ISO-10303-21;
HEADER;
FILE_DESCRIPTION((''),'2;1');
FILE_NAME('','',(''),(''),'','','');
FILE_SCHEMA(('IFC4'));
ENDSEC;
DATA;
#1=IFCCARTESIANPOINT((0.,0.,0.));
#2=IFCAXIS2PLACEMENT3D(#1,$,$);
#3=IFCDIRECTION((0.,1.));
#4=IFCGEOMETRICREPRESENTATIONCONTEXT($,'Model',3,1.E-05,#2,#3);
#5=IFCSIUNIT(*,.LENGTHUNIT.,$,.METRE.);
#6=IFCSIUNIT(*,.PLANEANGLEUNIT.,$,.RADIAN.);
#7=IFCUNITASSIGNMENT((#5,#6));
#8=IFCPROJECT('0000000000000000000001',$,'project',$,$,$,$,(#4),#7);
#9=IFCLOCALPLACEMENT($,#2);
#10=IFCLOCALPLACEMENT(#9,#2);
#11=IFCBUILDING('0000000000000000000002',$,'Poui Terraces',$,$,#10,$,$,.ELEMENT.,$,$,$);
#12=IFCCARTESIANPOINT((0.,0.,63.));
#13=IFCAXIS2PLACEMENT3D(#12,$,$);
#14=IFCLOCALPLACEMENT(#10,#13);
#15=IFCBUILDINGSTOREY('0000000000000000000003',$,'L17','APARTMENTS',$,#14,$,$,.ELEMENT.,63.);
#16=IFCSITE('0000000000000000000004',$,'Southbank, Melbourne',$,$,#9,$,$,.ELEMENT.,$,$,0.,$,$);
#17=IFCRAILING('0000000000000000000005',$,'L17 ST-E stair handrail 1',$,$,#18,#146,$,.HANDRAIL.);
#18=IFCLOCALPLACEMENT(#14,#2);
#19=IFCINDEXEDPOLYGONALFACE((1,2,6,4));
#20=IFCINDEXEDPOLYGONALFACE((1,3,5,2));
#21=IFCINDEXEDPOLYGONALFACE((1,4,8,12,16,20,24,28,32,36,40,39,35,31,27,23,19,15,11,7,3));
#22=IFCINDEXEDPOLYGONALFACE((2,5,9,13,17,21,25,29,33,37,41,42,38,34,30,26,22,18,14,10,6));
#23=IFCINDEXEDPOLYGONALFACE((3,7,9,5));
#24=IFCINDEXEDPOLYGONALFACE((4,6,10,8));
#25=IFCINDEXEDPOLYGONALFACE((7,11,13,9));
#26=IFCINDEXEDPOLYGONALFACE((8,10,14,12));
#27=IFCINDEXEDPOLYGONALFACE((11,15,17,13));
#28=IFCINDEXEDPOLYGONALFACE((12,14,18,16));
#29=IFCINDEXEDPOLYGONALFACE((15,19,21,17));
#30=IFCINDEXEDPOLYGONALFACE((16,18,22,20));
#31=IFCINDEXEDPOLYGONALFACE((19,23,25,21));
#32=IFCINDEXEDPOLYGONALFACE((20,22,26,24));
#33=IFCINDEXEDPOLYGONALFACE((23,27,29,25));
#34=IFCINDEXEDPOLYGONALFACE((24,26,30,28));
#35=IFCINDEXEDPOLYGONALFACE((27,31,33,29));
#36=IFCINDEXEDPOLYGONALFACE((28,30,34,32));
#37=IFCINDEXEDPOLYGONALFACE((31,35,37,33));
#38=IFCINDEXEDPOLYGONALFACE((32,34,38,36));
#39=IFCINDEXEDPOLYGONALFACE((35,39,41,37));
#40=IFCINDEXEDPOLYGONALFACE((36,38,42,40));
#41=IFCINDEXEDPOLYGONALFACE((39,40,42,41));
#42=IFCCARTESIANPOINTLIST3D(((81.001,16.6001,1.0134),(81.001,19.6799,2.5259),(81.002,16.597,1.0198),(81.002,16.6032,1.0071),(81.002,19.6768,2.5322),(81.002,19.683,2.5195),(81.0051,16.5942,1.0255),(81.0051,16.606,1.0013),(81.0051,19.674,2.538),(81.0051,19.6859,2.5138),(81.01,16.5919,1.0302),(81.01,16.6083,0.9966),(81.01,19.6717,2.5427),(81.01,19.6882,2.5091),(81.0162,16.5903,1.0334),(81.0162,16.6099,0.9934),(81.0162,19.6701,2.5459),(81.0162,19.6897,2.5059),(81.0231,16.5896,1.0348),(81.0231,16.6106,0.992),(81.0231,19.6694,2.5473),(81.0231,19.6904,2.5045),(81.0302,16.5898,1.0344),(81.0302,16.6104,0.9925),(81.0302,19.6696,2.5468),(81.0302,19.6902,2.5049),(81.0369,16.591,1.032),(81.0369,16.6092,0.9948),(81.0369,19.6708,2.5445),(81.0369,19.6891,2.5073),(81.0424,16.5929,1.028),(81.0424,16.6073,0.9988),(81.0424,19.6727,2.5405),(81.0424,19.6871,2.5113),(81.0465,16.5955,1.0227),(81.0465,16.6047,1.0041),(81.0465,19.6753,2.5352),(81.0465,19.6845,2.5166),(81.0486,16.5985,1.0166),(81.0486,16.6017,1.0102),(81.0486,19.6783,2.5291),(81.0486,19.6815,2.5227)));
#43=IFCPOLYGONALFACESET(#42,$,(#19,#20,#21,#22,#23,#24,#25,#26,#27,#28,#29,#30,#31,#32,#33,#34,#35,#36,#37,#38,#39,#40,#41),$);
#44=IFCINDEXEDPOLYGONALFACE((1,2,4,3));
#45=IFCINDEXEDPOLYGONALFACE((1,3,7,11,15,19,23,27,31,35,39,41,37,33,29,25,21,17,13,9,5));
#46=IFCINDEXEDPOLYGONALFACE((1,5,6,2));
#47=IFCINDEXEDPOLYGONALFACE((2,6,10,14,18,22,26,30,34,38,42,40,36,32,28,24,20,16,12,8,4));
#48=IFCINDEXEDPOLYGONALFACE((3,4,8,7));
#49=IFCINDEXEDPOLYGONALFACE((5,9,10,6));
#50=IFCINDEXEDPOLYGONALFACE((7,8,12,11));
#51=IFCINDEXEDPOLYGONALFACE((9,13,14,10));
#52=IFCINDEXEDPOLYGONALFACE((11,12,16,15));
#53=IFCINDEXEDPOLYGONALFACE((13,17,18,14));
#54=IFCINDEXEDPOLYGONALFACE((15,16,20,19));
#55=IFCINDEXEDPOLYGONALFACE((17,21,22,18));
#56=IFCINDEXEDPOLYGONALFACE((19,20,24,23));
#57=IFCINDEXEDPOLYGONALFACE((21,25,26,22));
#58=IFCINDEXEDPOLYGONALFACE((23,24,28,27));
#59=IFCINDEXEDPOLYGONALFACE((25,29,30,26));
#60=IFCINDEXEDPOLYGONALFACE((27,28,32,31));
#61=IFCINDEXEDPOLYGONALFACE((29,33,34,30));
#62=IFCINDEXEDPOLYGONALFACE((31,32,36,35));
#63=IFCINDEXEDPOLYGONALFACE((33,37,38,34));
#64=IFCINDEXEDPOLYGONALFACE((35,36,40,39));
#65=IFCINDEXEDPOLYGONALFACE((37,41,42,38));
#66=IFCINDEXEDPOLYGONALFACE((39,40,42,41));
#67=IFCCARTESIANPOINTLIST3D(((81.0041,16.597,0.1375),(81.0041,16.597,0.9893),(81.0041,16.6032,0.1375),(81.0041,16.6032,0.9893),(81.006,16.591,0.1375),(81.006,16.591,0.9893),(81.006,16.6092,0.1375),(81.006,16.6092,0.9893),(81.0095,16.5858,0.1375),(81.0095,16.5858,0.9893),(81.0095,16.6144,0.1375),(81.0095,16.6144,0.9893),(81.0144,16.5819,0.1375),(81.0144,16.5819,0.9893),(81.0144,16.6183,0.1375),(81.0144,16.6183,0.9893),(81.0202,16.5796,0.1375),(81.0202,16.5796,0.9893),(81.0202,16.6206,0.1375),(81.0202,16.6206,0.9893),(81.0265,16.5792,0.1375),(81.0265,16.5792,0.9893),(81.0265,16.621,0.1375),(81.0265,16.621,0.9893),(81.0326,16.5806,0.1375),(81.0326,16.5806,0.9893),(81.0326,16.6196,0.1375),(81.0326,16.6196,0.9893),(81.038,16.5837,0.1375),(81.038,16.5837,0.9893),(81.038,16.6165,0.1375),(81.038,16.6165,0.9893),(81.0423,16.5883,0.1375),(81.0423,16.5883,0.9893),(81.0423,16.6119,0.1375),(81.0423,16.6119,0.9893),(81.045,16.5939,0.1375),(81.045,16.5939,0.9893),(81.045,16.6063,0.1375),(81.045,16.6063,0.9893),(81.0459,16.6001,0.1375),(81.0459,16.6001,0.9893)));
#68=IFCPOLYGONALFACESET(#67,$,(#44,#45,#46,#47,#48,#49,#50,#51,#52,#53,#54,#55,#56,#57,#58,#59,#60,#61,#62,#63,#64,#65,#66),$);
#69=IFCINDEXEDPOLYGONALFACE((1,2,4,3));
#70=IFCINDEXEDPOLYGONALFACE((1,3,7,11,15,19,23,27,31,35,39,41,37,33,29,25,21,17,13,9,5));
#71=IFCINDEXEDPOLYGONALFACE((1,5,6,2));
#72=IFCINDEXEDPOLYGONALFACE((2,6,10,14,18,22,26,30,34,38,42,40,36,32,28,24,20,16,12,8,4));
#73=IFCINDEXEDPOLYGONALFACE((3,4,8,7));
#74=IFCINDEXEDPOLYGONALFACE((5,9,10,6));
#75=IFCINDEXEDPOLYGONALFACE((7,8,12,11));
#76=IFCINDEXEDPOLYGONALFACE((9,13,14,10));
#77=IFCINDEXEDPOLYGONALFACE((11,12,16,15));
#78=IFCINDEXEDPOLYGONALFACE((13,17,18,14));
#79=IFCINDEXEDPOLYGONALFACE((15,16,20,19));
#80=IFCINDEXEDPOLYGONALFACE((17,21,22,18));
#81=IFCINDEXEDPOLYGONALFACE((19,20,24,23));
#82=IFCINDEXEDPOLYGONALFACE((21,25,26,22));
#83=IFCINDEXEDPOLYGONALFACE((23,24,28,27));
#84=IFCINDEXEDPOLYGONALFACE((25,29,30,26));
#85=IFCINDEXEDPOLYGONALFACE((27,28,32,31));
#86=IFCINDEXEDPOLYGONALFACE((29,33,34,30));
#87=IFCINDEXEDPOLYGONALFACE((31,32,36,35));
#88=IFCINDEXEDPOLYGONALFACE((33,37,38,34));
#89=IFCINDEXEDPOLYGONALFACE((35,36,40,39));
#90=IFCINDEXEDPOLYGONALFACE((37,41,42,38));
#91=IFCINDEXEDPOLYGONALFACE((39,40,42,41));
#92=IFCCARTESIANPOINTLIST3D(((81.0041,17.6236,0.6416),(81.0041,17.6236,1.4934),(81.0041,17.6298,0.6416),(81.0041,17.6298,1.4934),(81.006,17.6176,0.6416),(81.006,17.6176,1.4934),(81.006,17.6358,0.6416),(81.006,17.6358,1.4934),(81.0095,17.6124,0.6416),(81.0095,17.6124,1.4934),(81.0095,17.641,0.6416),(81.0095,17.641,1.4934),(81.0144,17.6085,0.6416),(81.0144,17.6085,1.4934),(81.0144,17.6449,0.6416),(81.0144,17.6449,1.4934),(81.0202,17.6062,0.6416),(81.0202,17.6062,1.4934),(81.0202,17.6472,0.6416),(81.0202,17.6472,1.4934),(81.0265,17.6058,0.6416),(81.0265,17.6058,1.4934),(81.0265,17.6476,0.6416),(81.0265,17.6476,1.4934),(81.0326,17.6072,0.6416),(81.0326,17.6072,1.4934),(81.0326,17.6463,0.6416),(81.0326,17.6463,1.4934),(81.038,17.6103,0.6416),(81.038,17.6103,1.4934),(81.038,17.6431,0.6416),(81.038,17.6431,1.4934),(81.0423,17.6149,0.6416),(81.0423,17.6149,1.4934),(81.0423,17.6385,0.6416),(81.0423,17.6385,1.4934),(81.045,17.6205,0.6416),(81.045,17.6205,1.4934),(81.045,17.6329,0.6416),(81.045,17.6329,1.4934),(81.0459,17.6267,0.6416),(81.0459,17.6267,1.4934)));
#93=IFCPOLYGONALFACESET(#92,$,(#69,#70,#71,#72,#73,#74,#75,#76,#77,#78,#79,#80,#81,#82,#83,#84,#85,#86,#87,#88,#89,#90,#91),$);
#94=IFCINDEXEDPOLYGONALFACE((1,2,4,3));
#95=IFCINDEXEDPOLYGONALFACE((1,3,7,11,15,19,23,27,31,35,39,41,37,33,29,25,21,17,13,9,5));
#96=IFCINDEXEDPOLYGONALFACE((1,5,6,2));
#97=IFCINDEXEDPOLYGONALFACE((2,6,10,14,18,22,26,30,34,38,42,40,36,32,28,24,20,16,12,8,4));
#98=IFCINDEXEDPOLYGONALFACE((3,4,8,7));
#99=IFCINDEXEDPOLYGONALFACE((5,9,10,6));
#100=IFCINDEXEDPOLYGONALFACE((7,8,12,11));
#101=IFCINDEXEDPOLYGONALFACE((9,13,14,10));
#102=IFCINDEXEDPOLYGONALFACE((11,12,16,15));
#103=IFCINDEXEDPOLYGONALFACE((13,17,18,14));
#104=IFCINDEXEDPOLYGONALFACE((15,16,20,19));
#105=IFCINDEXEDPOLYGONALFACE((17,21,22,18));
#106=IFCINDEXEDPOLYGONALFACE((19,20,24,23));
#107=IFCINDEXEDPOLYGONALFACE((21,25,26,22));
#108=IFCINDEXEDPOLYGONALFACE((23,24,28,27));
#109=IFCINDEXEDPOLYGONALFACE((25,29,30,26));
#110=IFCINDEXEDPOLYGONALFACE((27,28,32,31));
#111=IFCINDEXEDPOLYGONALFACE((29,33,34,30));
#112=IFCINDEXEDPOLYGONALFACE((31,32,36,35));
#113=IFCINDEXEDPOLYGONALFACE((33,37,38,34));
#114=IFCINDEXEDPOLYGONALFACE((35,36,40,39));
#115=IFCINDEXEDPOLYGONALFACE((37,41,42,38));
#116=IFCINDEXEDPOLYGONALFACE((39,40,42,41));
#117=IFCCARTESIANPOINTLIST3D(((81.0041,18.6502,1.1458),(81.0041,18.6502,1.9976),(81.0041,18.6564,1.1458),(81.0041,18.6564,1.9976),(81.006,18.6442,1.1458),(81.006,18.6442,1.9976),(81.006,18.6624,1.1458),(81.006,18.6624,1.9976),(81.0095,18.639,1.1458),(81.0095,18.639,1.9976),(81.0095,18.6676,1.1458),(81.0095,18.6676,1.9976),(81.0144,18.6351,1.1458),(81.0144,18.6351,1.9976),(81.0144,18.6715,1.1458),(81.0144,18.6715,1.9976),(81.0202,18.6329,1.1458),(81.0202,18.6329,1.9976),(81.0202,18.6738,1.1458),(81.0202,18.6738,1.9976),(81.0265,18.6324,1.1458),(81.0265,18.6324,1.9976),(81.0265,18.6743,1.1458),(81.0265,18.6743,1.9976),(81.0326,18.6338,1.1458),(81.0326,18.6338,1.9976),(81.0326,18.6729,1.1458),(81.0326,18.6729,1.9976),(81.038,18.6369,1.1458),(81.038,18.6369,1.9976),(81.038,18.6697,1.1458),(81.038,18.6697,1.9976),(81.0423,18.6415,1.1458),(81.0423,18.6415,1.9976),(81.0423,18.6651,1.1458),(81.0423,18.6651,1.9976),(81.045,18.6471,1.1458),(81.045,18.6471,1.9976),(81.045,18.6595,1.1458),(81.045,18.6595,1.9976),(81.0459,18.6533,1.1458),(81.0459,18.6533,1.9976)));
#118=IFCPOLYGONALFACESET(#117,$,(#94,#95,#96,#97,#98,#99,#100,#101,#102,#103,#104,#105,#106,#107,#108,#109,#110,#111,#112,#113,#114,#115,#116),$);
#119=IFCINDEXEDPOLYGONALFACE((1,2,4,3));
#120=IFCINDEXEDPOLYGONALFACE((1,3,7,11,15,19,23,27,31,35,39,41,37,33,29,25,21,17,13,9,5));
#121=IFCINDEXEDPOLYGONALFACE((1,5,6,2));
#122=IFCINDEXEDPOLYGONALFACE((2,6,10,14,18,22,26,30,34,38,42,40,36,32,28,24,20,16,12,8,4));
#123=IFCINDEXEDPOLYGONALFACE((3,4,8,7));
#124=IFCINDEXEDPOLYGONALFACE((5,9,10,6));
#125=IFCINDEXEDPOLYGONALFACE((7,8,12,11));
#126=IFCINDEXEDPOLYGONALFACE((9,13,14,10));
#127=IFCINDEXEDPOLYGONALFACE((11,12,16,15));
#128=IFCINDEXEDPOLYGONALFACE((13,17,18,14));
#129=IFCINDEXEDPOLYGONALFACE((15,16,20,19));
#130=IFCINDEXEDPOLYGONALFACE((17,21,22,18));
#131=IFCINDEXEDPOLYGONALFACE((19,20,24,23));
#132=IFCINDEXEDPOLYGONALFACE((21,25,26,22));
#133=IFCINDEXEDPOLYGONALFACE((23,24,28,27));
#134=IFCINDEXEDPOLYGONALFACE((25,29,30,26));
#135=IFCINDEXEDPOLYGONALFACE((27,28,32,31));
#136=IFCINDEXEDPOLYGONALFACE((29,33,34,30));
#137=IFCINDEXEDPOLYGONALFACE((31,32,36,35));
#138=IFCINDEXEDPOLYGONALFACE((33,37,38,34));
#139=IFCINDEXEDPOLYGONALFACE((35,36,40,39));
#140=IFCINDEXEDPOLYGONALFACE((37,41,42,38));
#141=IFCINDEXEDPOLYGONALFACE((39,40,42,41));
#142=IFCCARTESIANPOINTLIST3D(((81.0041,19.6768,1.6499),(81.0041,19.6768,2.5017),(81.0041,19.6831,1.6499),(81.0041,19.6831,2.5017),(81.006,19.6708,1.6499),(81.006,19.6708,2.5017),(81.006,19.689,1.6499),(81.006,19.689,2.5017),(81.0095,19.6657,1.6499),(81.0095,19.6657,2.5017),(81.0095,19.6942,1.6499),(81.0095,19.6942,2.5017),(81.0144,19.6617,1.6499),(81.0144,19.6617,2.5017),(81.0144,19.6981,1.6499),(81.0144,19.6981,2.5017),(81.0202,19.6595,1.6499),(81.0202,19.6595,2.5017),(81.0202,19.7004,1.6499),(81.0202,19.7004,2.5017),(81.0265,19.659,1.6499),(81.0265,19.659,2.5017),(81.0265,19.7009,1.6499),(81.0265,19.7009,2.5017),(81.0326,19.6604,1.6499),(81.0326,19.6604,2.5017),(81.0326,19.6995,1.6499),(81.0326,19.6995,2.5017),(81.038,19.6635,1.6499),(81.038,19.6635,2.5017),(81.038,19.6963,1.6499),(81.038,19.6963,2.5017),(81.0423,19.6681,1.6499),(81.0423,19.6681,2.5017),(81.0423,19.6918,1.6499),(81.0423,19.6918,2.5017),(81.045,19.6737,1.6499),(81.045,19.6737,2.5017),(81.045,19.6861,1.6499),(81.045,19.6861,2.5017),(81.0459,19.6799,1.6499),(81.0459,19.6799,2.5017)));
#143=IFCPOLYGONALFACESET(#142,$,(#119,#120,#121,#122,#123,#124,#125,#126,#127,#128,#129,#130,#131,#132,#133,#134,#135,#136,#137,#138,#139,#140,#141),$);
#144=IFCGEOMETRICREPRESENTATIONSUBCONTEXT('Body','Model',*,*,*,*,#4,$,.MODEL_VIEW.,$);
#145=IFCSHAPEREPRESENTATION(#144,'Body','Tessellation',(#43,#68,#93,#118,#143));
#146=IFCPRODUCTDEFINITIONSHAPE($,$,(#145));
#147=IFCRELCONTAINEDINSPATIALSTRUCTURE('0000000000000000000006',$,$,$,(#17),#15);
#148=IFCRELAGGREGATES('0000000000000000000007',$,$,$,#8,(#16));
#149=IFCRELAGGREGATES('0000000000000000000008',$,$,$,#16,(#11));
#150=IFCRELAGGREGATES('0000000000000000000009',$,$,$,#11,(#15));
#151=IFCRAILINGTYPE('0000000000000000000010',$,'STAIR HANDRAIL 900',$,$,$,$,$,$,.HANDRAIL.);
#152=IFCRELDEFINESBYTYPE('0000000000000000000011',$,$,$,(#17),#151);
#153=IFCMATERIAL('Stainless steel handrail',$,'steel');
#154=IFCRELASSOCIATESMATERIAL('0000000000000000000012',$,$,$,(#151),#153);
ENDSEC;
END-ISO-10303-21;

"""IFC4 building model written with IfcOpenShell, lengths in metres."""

from ifc_helpers import new_model, si_unit, direction, frame, origin, origin_2d, place, context, subcontext, project, spatial, circle, extrude, material, type_object, element, save


model = new_model("IFC4")

# Units and contexts
model_context = context("Model", 3, precision=1e-05, world=origin(), true_north=direction((0.0, 1.0)))
body_context = subcontext(model_context, "Body", "Model", "MODEL_VIEW")
ifc_project = project(units=[si_unit("LENGTHUNIT", "METRE"), si_unit("PLANEANGLEUNIT", "RADIAN")], contexts=[model_context])

# Site, building, storey
site_placement = place(None, origin())
site = spatial("IfcSite", under=ifc_project, at=site_placement, Name="Southbank, Melbourne", CompositionType="ELEMENT", RefElevation=0.0)
building_placement = place(site_placement, origin())
building = spatial("IfcBuilding", under=site, at=building_placement, Name="Poui Terraces", CompositionType="ELEMENT")
storey_placement = place(building_placement, frame((0.0, 0.0, 63.0)))
storey = spatial("IfcBuildingStorey", under=building, at=storey_placement, Name="L17", Description="APARTMENTS", CompositionType="ELEMENT", Elevation=63.0)

# Railing
ifc_material_1 = material(Name="Stainless steel handrail", Category="steel")
railing_type_1 = type_object("IfcRailingType", Name="STAIR HANDRAIL 900", PredefinedType="HANDRAIL", material=ifc_material_1)
railing_1_placement = place(storey_placement, frame((81.0249, 16.6001, 0.1375)))
element("IfcRailing", 1, at=railing_1_placement, inside=storey, type_object=railing_type_1, Name="L17 ST-E stair handrail 1", PredefinedType="HANDRAIL", context=body_context, shape_type="SweptSolid", body=[
    extrude(circle(Radius=0.0239, at=origin_2d()), frame((0.0, 0.0, 0.876), z_axis=(0.0, 0.897606, 0.440798), x_axis=(-1.0, 0.0, 0.0)), (0.0, 0.0, 1.0), 3.4312),
    extrude(circle(Radius=0.021, at=origin_2d()), origin(), (0.0, 0.0, 1.0), 0.8518),
    extrude(circle(Radius=0.021, at=origin_2d()), frame((0.0, 1.0266, 0.5042)), (0.0, 0.0, 1.0), 0.8518),
    extrude(circle(Radius=0.021, at=origin_2d()), frame((0.0, 2.0532, 1.0083)), (0.0, 0.0, 1.0), 0.8518),
    extrude(circle(Radius=0.021, at=origin_2d()), frame((0.0, 3.0798, 1.5125)), (0.0, 0.0, 1.0), 0.8518),
])

save(model, "model.ifc")
